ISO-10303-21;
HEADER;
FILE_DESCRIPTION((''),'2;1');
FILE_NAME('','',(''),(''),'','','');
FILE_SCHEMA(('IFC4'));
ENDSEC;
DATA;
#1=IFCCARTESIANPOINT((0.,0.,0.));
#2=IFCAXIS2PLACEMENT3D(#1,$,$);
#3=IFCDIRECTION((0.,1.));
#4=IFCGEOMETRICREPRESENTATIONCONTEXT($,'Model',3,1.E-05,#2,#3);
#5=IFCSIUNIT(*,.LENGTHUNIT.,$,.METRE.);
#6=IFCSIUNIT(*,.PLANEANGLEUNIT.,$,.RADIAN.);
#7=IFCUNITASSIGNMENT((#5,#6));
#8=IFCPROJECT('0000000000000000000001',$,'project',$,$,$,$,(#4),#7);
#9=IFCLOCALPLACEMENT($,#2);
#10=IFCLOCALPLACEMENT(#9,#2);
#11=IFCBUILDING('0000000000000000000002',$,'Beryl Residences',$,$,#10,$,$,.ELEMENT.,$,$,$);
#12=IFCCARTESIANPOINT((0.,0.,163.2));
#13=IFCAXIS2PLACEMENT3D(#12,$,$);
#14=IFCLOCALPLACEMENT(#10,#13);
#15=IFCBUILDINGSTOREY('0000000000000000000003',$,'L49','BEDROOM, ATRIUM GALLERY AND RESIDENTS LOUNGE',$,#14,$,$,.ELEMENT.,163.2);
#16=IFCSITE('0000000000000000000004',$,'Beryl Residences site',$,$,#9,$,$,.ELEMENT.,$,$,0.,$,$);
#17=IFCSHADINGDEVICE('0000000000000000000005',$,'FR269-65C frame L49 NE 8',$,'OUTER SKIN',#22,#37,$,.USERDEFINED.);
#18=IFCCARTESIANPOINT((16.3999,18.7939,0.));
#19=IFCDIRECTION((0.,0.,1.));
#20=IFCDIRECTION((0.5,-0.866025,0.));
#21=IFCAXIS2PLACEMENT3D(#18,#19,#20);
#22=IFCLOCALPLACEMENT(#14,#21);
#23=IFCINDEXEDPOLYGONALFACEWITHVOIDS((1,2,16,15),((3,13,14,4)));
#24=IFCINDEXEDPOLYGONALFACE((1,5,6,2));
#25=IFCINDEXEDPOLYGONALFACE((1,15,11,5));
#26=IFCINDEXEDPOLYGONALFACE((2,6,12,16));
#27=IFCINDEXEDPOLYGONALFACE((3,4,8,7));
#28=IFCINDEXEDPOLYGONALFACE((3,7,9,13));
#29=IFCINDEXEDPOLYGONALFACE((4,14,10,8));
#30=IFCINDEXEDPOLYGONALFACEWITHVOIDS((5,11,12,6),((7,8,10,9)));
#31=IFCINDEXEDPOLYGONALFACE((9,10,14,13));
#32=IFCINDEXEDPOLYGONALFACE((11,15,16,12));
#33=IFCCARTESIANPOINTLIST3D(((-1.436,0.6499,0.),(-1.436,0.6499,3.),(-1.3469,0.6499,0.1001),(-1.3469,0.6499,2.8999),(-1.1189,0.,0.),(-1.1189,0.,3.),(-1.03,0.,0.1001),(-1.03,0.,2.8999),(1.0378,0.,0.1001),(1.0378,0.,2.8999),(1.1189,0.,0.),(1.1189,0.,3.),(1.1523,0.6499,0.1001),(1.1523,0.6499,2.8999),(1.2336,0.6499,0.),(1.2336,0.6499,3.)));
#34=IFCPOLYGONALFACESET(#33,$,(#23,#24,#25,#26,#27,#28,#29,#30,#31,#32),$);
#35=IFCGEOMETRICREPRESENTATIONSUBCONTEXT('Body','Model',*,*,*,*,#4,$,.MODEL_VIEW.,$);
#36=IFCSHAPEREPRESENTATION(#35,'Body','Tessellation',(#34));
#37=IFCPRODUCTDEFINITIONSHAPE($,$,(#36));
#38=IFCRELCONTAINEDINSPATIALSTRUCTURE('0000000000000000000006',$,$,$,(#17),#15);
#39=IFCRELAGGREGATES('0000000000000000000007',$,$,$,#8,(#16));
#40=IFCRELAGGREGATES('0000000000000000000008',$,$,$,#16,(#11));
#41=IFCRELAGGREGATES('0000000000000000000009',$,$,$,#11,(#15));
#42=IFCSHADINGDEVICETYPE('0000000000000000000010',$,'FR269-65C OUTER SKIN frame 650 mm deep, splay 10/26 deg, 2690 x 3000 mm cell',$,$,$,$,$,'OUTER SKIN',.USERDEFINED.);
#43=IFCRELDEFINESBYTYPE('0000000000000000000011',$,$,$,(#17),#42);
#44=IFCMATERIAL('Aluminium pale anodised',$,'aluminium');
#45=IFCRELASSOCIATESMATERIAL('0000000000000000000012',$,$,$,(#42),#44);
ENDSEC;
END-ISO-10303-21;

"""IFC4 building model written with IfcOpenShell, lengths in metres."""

from ifc_helpers import new_model, entity, si_unit, direction, frame, origin, place, context, subcontext, project, spatial, source, transform, mapped, material, type_object, type_shapes, element, save


model = new_model("IFC4")

# Units and contexts
model_context = context("Model", 3, precision=1e-05, world=origin(), true_north=direction((0.0, 1.0)))
body_context = subcontext(model_context, "Body", "Model", "MODEL_VIEW")
ifc_project = project(units=[si_unit("LENGTHUNIT", "METRE"), si_unit("PLANEANGLEUNIT", "RADIAN")], contexts=[model_context])

# Site, building, storey
site_placement = place(None, origin())
site = spatial("IfcSite", under=ifc_project, at=site_placement, Name="Beryl Residences site", CompositionType="ELEMENT", RefElevation=0.0)
building_placement = place(site_placement, origin())
building = spatial("IfcBuilding", under=site, at=building_placement, Name="Beryl Residences", CompositionType="ELEMENT")
storey_placement = place(building_placement, frame((0.0, 0.0, 163.2)))
storey = spatial("IfcBuildingStorey", under=building, at=storey_placement, Name="L49", Description="BEDROOM, ATRIUM GALLERY AND RESIDENTS LOUNGE", CompositionType="ELEMENT", Elevation=163.2)

# Shading device
ifc_material_1 = material(Name="Aluminium pale anodised", Category="aluminium")
shading_device_type_1 = type_object("IfcShadingDeviceType", Name="FR269-65C OUTER SKIN frame 650 mm deep, splay 10/26 deg, 2690 x 3000 mm cell", ElementType="OUTER SKIN", PredefinedType="USERDEFINED", material=ifc_material_1)
cartesian_point_1 = entity("IfcCartesianPoint", [-1.1189, 0.0])
cartesian_point_2 = entity("IfcCartesianPoint", [-1.0378, 0.1001])
cartesian_point_3 = entity("IfcCartesianPoint", [-1.2336, 0.0])
cartesian_point_4 = entity("IfcCartesianPoint", [-1.1523, 0.1001])
shared_shape_1 = source(origin(), body_context, "Body", "SweptSolid", [
    entity("IfcExtrudedAreaSolidTapered", entity("IfcArbitraryProfileDefWithVoids", "AREA", None, entity("IfcPolyline", [cartesian_point_1, entity("IfcCartesianPoint", [1.1189, 0.0]), entity("IfcCartesianPoint", [1.1189, 3.0]), entity("IfcCartesianPoint", [-1.1189, 3.0]), cartesian_point_1]), [entity("IfcPolyline", [cartesian_point_2, entity("IfcCartesianPoint", [1.03, 0.1001]), entity("IfcCartesianPoint", [1.03, 2.8999]), entity("IfcCartesianPoint", [-1.0378, 2.8999]), cartesian_point_2])]), entity("IfcAxis2Placement3D", entity("IfcCartesianPoint", [0.0, 0.0, 0.0]), entity("IfcDirection", [0.0, 1.0, 0.0]), entity("IfcDirection", [-1.0, 0.0, 0.0])), entity("IfcDirection", [0.0, 0.0, 1.0]), 0.6499, entity("IfcArbitraryProfileDefWithVoids", "AREA", None, entity("IfcPolyline", [cartesian_point_3, entity("IfcCartesianPoint", [1.436, 0.0]), entity("IfcCartesianPoint", [1.436, 3.0]), entity("IfcCartesianPoint", [-1.2336, 3.0]), cartesian_point_3]), [entity("IfcPolyline", [cartesian_point_4, entity("IfcCartesianPoint", [1.3469, 0.1001]), entity("IfcCartesianPoint", [1.3469, 2.8999]), entity("IfcCartesianPoint", [-1.1523, 2.8999]), cartesian_point_4])])),
])
type_shapes(shading_device_type_1, [shared_shape_1])
for number, where, z_axis, x_axis, name in (
    (1, (16.3999, 18.7939, 0.0), (0.0, 0.0, 1.0), (0.5, -0.866025, 0.0), "FR269-65C frame L49 NE 8"),
):
    element("IfcShadingDevice", number, at=place(storey_placement, frame(where, z_axis=z_axis, x_axis=x_axis)), inside=storey, type_object=shading_device_type_1, Name=name, ObjectType="OUTER SKIN", PredefinedType="USERDEFINED", context=body_context, shape_type="MappedRepresentation", body=[
        mapped(shared_shape_1, transform((0.0, 0.0, 0.0))),
    ])

save(model, "model.ifc")
